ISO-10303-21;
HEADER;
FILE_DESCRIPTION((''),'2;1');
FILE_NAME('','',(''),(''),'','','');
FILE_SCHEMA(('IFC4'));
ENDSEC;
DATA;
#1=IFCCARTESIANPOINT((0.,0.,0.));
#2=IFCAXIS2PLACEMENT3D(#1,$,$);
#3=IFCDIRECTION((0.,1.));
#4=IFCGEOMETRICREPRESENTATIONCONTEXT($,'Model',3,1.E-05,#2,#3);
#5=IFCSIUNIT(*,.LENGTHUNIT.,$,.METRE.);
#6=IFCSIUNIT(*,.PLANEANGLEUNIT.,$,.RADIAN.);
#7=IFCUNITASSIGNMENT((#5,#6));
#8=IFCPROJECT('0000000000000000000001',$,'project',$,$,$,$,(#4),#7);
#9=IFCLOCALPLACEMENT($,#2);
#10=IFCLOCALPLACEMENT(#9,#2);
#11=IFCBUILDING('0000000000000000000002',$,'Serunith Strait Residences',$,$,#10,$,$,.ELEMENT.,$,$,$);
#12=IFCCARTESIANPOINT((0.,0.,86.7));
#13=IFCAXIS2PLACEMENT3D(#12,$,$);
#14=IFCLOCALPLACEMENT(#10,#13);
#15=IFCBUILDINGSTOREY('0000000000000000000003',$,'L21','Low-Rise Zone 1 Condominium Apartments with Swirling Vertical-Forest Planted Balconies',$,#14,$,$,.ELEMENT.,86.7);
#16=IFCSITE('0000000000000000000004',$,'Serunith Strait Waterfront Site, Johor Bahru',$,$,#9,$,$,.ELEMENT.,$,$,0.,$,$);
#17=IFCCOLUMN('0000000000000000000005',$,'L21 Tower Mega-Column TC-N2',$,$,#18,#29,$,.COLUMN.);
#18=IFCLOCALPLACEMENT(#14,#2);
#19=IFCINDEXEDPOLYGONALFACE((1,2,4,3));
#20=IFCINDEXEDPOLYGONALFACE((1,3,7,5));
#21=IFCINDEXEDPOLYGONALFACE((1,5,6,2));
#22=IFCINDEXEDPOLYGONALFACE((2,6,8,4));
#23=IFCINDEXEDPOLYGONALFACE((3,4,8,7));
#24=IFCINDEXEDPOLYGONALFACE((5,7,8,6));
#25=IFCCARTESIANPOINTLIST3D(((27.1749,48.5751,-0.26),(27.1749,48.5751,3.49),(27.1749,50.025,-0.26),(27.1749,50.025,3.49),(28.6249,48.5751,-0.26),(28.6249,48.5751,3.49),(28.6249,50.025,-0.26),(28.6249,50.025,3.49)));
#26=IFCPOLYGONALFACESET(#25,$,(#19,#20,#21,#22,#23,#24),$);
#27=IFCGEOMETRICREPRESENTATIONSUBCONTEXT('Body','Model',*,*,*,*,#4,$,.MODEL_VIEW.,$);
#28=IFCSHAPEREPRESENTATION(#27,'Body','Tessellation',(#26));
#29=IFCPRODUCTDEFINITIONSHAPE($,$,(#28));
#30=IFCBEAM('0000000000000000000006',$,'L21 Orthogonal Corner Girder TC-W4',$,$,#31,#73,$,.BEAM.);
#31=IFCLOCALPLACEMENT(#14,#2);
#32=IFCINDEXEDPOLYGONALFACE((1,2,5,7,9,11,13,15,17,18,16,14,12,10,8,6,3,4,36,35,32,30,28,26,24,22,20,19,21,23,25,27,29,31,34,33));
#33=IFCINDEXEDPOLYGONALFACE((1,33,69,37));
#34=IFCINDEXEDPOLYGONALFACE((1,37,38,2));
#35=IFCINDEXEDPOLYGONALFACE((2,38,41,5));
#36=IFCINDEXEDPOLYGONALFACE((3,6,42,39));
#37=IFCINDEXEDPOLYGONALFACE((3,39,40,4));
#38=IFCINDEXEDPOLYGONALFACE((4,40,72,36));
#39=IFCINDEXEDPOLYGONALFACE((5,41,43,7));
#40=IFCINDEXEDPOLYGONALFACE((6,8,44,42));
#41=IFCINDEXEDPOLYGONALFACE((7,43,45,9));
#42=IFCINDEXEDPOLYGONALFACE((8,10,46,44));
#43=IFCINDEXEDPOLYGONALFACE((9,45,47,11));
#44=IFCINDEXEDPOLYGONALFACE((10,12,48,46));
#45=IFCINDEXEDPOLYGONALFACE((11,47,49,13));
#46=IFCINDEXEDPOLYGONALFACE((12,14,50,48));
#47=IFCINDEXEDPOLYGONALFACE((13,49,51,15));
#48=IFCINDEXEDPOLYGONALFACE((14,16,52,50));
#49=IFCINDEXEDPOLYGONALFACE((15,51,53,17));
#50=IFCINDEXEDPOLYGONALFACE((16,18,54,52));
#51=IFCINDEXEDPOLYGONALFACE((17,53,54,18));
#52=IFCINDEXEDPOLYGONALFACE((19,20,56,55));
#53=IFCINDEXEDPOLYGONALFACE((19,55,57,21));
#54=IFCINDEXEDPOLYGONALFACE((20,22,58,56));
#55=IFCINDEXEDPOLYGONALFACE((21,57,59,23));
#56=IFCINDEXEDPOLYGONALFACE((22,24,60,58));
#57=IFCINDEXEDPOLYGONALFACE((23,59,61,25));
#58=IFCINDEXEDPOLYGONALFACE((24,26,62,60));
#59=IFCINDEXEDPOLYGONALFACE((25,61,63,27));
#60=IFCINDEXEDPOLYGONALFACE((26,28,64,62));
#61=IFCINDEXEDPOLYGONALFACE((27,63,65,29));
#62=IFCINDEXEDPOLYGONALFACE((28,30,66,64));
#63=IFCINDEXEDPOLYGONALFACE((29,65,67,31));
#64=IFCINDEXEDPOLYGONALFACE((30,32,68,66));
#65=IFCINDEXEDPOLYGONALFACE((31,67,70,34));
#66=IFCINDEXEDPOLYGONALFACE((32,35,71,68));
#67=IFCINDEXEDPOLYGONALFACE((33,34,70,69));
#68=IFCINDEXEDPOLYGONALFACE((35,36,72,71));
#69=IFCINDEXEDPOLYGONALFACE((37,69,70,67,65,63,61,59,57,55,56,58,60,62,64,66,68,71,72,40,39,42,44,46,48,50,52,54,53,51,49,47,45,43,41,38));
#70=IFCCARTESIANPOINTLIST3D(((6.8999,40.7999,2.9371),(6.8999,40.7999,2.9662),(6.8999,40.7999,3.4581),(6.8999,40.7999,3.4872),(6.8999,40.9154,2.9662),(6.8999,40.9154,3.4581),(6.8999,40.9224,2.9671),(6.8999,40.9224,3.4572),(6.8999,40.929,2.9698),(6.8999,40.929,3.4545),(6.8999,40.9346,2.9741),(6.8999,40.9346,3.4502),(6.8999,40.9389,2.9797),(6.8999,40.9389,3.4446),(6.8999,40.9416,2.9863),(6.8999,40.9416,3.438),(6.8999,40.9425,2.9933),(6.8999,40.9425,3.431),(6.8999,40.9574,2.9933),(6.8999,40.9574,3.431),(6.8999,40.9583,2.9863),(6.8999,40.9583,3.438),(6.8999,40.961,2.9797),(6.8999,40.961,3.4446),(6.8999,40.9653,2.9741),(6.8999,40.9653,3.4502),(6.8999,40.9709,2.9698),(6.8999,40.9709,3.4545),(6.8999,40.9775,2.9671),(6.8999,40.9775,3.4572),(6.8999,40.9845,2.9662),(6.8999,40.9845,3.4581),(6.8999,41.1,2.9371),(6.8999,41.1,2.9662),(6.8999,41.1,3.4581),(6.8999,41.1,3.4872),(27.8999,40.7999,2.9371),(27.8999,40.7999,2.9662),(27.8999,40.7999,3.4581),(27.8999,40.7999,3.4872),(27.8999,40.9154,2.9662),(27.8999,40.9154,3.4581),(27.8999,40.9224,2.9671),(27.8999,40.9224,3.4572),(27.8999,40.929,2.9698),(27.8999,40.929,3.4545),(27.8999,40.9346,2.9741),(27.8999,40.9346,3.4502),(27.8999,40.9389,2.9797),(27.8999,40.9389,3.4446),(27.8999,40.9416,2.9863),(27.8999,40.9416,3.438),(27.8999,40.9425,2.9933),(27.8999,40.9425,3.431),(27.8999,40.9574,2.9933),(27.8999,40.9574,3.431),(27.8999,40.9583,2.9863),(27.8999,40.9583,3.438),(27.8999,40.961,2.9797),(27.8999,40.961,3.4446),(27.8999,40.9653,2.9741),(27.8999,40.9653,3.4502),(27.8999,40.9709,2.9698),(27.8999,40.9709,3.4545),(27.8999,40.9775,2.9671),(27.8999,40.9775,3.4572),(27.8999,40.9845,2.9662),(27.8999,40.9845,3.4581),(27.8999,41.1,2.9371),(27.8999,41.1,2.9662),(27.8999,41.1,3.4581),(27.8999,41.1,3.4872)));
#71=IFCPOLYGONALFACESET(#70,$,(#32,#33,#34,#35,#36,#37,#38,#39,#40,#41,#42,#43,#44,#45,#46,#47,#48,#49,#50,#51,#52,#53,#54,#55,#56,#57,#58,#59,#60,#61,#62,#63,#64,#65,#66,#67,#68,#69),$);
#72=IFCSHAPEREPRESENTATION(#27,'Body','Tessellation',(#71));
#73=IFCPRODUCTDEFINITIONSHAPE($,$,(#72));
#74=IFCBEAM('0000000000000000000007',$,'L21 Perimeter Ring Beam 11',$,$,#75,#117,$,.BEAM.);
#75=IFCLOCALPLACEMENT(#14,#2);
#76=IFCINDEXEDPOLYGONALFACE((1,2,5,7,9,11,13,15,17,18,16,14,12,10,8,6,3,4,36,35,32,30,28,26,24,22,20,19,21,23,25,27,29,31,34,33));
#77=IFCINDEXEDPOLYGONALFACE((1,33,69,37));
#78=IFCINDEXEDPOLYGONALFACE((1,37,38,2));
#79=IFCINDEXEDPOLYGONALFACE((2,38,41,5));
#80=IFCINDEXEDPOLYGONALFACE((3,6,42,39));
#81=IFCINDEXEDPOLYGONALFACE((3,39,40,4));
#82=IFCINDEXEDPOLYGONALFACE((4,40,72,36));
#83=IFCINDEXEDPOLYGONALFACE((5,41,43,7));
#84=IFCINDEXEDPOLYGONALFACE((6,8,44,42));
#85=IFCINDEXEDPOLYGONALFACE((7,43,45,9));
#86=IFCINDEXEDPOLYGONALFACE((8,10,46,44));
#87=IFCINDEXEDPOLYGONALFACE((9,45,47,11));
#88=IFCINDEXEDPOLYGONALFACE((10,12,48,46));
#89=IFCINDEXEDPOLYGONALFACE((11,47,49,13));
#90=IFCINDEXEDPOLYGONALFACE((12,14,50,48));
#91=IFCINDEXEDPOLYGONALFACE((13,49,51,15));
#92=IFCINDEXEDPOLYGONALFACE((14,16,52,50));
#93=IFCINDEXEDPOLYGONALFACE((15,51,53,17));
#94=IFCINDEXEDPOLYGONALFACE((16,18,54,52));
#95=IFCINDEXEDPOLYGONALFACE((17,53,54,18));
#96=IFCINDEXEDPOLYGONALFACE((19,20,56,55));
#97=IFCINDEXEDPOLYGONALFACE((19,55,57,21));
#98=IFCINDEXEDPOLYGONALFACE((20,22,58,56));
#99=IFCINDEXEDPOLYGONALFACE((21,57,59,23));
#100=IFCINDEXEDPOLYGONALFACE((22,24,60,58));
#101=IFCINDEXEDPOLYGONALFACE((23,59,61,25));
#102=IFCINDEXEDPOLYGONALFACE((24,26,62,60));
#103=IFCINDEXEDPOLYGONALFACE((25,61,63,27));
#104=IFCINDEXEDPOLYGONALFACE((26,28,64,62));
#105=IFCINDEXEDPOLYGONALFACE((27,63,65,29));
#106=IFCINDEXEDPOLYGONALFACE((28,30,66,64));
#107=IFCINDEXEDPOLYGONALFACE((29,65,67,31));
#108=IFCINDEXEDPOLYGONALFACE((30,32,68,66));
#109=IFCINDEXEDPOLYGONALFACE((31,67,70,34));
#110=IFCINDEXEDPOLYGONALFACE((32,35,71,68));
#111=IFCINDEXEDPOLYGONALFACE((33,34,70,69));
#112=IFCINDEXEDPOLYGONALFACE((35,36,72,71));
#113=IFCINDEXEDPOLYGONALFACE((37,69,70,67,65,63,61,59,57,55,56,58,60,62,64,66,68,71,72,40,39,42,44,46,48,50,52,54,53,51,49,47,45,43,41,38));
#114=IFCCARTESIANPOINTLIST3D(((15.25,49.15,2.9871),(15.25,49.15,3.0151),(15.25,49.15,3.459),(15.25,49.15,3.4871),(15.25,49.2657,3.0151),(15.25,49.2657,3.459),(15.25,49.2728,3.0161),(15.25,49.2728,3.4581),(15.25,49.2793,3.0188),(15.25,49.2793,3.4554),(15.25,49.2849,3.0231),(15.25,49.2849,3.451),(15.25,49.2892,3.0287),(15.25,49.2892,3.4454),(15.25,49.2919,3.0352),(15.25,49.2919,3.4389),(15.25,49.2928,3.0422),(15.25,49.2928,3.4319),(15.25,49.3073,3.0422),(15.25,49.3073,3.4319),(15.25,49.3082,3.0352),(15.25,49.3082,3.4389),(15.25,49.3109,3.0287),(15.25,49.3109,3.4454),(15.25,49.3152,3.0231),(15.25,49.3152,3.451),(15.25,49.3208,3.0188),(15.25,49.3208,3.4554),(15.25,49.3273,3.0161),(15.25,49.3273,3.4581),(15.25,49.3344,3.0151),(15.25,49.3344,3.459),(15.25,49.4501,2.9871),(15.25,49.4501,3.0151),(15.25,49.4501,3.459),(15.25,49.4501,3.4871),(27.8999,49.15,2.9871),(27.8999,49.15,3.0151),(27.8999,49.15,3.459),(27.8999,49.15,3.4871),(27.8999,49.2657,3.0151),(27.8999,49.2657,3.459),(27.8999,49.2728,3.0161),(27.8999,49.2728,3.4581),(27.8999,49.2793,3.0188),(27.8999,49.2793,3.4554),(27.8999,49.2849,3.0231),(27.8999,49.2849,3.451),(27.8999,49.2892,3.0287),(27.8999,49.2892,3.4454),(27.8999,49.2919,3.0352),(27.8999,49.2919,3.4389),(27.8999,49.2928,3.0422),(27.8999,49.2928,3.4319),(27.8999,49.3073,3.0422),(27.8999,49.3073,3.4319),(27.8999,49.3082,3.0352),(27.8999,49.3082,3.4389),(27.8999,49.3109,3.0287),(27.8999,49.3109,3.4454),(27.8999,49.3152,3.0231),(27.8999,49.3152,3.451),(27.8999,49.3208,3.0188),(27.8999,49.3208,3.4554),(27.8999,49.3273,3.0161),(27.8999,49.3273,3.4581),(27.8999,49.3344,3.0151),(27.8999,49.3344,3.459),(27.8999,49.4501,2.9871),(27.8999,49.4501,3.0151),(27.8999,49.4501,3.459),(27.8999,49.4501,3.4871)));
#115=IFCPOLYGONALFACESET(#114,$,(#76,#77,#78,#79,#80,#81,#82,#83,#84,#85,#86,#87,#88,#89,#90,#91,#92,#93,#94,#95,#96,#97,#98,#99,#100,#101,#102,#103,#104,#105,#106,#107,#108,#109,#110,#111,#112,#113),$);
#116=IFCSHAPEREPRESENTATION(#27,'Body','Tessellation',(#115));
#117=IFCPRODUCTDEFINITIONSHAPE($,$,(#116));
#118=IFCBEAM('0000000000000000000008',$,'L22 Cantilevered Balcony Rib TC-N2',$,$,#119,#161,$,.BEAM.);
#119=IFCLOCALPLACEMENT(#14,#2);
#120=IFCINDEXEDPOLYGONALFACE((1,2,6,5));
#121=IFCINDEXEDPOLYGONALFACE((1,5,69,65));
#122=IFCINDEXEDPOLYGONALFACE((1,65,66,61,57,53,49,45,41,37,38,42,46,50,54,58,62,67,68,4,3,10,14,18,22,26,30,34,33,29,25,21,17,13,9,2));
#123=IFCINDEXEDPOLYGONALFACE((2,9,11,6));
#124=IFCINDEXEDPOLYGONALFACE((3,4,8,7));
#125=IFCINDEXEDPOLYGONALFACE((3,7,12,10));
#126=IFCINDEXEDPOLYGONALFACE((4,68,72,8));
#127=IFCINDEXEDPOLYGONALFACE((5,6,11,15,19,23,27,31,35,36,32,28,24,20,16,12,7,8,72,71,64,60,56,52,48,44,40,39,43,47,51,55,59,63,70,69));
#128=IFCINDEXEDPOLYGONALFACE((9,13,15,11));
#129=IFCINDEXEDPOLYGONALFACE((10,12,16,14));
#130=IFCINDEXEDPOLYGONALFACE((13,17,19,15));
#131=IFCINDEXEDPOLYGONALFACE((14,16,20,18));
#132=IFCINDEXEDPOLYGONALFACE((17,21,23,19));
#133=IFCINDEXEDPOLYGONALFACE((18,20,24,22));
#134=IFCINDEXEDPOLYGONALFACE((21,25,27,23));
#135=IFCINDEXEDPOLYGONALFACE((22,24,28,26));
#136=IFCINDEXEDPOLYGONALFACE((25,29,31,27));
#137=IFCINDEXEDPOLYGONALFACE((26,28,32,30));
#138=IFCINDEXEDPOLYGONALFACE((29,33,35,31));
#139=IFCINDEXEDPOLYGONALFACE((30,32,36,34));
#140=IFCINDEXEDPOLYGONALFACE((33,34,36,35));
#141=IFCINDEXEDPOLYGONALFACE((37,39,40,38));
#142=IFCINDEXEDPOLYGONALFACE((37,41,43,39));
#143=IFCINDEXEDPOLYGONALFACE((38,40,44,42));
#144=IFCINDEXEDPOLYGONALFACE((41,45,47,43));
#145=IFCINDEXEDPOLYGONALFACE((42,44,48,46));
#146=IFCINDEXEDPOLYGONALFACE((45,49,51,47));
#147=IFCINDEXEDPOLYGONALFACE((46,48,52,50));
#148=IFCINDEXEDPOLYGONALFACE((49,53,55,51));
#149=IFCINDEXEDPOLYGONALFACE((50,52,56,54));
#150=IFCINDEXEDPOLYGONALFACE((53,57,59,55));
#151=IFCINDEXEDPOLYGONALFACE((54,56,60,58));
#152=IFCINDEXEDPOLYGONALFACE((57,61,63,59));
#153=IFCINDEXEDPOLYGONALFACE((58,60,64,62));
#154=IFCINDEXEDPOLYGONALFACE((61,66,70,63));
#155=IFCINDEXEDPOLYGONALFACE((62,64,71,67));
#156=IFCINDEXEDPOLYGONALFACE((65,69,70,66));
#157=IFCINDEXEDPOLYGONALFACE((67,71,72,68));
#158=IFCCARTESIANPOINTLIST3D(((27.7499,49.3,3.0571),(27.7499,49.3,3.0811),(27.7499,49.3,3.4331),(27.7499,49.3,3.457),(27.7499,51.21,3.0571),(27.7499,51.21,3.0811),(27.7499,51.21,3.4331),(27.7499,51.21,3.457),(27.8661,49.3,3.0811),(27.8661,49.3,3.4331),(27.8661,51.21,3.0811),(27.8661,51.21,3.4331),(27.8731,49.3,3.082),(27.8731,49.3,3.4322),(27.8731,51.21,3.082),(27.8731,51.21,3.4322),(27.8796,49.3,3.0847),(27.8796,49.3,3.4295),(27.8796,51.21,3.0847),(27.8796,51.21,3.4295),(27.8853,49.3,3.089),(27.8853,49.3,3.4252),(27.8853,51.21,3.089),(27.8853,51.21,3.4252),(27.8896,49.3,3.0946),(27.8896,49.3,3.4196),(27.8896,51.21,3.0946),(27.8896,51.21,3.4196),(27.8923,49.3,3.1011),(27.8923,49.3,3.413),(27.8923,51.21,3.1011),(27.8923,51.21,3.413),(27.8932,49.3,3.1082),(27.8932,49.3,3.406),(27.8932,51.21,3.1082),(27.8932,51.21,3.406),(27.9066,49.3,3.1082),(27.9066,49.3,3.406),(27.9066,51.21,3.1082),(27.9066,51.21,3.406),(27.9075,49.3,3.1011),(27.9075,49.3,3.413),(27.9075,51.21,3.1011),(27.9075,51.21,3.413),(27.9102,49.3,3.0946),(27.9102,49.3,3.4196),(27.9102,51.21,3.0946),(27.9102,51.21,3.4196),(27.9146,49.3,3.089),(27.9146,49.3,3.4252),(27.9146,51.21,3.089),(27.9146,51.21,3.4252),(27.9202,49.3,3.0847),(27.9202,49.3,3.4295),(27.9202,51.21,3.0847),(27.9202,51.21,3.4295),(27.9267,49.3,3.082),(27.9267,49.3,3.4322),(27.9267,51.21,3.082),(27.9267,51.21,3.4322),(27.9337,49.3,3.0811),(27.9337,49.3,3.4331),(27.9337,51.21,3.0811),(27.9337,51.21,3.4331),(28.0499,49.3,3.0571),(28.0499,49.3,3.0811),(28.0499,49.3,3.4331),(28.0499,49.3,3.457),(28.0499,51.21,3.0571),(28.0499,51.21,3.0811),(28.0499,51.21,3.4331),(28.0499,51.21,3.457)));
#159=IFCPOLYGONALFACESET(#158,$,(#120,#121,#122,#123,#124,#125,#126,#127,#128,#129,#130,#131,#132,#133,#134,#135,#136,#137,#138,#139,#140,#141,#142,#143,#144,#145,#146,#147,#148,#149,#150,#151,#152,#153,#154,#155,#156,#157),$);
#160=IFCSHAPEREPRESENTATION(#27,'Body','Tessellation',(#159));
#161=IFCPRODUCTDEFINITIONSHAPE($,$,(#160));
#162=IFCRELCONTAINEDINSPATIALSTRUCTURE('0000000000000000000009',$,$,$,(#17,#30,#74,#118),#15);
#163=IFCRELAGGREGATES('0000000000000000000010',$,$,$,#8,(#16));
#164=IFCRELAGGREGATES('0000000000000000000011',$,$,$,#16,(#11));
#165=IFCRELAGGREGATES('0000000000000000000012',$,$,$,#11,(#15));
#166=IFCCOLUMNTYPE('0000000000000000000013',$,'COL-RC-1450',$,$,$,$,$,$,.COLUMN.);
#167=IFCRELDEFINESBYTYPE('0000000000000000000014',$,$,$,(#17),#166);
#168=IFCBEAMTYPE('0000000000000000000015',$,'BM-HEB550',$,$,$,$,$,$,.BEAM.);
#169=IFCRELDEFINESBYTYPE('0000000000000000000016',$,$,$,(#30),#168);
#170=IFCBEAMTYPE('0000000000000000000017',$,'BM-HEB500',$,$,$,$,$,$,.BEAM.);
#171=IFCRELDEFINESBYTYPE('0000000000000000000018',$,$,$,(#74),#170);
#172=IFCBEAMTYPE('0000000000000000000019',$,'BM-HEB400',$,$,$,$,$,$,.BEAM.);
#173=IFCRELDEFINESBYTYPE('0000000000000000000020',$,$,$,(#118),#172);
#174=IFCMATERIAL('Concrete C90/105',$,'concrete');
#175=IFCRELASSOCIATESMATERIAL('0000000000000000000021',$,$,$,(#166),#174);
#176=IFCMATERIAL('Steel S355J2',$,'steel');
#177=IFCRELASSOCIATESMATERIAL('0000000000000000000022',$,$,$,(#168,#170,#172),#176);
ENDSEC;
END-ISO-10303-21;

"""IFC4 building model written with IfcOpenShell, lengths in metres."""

from ifc_helpers import new_model, si_unit, direction, frame, origin, origin_2d, place, context, subcontext, project, spatial, rectangle, i_section, extrude, source, transform, mapped, material, material_profile, profile_set, type_object, element, save


model = new_model("IFC4")

# Units and contexts
model_context = context("Model", 3, precision=1e-05, world=origin(), true_north=direction((0.0, 1.0)))
body_context = subcontext(model_context, "Body", "Model", "MODEL_VIEW")
ifc_project = project(units=[si_unit("LENGTHUNIT", "METRE"), si_unit("PLANEANGLEUNIT", "RADIAN")], contexts=[model_context])

# Site, building, storey
site_placement = place(None, origin())
site = spatial("IfcSite", under=ifc_project, at=site_placement, Name="Serunith Strait Waterfront Site, Johor Bahru", CompositionType="ELEMENT", RefElevation=0.0)
building_placement = place(site_placement, origin())
building = spatial("IfcBuilding", under=site, at=building_placement, Name="Serunith Strait Residences", CompositionType="ELEMENT")
storey_placement = place(building_placement, frame((0.0, 0.0, 86.7)))
storey = spatial("IfcBuildingStorey", under=building, at=storey_placement, Name="L21", Description="Low-Rise Zone 1 Condominium Apartments with Swirling Vertical-Forest Planted Balconies", CompositionType="ELEMENT", Elevation=86.7)

# Column
ifc_material_1 = material(Name="Concrete C90/105", Category="concrete")
ifc_material_profile_1 = material_profile(ifc_material_1, rectangle(XDim=1.45, YDim=1.45, at=origin_2d()), Name="RC 1450x1450")
ifc_profile_set_1 = profile_set([ifc_material_profile_1], Name="Concrete C90/105")
column_type = type_object("IfcColumnType", Name="COL-RC-1450", PredefinedType="COLUMN", material=ifc_profile_set_1)
shared_shape_1 = source(origin(), body_context, "Body", "SweptSolid", [
    extrude(rectangle(XDim=1.45, YDim=1.45, at=origin_2d()), origin(), (0.0, 0.0, 1.0), 3.75),
])
column_placement = place(storey_placement, frame((27.8999, 49.3, -0.26), z_axis=(0.0, 0.0, 1.0), x_axis=(1.0, 0.0, 0.0)))
element("IfcColumn", 1, at=column_placement, inside=storey, type_object=column_type, Name="L21 Tower Mega-Column TC-N2", PredefinedType="COLUMN", context=body_context, shape_type="MappedRepresentation", body=[
    mapped(shared_shape_1, transform((0.0, 0.0, 0.0), scale=1.0)),
])

# Beams
ifc_material_2 = material(Name="Steel S355J2", Category="steel")
ifc_material_profile_2 = material_profile(ifc_material_2, i_section(OverallWidth=0.3, OverallDepth=0.55, WebThickness=0.0149, FlangeThickness=0.0291, FilletRadius=0.0271, at=origin_2d()), Name="HEB 550")
ifc_profile_set_2 = profile_set([ifc_material_profile_2], Name="Steel S355J2")
beam_type_1 = type_object("IfcBeamType", Name="BM-HEB550", PredefinedType="BEAM", material=ifc_profile_set_2)
shared_shape_2 = source(origin(), body_context, "Body", "SweptSolid", [
    extrude(i_section(OverallWidth=0.3, OverallDepth=0.55, WebThickness=0.0149, FlangeThickness=0.0291, FilletRadius=0.0271, at=origin_2d()), origin(), (0.0, 0.0, 1.0), 21.0),
])
beam_1_placement = place(storey_placement, frame((27.8999, 40.95, 3.2122), z_axis=(-1.0, 0.0, 0.0), x_axis=(0.0, -1.0, 0.0)))
element("IfcBeam", 2, at=beam_1_placement, inside=storey, type_object=beam_type_1, Name="L21 Orthogonal Corner Girder TC-W4", PredefinedType="BEAM", context=body_context, shape_type="MappedRepresentation", body=[
    mapped(shared_shape_2, transform((0.0, 0.0, 0.0), scale=1.0)),
])
ifc_material_profile_3 = material_profile(ifc_material_2, i_section(OverallWidth=0.3, OverallDepth=0.5, WebThickness=0.0144, FlangeThickness=0.0281, FilletRadius=0.0271, at=origin_2d()), Name="HEB 500")
ifc_profile_set_3 = profile_set([ifc_material_profile_3], Name="Steel S355J2")
beam_type_2 = type_object("IfcBeamType", Name="BM-HEB500", PredefinedType="BEAM", material=ifc_profile_set_3)
shared_shape_3 = source(origin(), body_context, "Body", "SweptSolid", [
    extrude(i_section(OverallWidth=0.3, OverallDepth=0.5, WebThickness=0.0144, FlangeThickness=0.0281, FilletRadius=0.0271, at=origin_2d()), origin(), (0.0, 0.0, 1.0), 12.6499),
])
beam_2_placement = place(storey_placement, frame((27.8999, 49.3, 3.2371), z_axis=(-1.0, 0.0, 0.0), x_axis=(0.0, -1.0, 0.0)))
element("IfcBeam", 3, at=beam_2_placement, inside=storey, type_object=beam_type_2, Name="L21 Perimeter Ring Beam 11", PredefinedType="BEAM", context=body_context, shape_type="MappedRepresentation", body=[
    mapped(shared_shape_3, transform((0.0, 0.0, 0.0), scale=1.0)),
])
ifc_material_profile_4 = material_profile(ifc_material_2, i_section(OverallWidth=0.3, OverallDepth=0.3999, WebThickness=0.0134, FlangeThickness=0.0239, FilletRadius=0.0271, at=origin_2d()), Name="HEB 400")
ifc_profile_set_4 = profile_set([ifc_material_profile_4], Name="Steel S355J2")
beam_type_3 = type_object("IfcBeamType", Name="BM-HEB400", PredefinedType="BEAM", material=ifc_profile_set_4)
shared_shape_4 = source(origin(), body_context, "Body", "SweptSolid", [
    extrude(i_section(OverallWidth=0.3, OverallDepth=0.3999, WebThickness=0.0134, FlangeThickness=0.0239, FilletRadius=0.0271, at=origin_2d()), origin(), (0.0, 0.0, 1.0), 1.9099),
])
beam_3_placement = place(storey_placement, frame((27.8999, 49.3, 3.2571), z_axis=(0.0, 1.0, 0.0), x_axis=(-1.0, 0.0, 0.0)))
element("IfcBeam", 4, at=beam_3_placement, inside=storey, type_object=beam_type_3, Name="L22 Cantilevered Balcony Rib TC-N2", PredefinedType="BEAM", context=body_context, shape_type="MappedRepresentation", body=[
    mapped(shared_shape_4, transform((0.0, 0.0, 0.0), scale=1.0)),
])

save(model, "model.ifc")
